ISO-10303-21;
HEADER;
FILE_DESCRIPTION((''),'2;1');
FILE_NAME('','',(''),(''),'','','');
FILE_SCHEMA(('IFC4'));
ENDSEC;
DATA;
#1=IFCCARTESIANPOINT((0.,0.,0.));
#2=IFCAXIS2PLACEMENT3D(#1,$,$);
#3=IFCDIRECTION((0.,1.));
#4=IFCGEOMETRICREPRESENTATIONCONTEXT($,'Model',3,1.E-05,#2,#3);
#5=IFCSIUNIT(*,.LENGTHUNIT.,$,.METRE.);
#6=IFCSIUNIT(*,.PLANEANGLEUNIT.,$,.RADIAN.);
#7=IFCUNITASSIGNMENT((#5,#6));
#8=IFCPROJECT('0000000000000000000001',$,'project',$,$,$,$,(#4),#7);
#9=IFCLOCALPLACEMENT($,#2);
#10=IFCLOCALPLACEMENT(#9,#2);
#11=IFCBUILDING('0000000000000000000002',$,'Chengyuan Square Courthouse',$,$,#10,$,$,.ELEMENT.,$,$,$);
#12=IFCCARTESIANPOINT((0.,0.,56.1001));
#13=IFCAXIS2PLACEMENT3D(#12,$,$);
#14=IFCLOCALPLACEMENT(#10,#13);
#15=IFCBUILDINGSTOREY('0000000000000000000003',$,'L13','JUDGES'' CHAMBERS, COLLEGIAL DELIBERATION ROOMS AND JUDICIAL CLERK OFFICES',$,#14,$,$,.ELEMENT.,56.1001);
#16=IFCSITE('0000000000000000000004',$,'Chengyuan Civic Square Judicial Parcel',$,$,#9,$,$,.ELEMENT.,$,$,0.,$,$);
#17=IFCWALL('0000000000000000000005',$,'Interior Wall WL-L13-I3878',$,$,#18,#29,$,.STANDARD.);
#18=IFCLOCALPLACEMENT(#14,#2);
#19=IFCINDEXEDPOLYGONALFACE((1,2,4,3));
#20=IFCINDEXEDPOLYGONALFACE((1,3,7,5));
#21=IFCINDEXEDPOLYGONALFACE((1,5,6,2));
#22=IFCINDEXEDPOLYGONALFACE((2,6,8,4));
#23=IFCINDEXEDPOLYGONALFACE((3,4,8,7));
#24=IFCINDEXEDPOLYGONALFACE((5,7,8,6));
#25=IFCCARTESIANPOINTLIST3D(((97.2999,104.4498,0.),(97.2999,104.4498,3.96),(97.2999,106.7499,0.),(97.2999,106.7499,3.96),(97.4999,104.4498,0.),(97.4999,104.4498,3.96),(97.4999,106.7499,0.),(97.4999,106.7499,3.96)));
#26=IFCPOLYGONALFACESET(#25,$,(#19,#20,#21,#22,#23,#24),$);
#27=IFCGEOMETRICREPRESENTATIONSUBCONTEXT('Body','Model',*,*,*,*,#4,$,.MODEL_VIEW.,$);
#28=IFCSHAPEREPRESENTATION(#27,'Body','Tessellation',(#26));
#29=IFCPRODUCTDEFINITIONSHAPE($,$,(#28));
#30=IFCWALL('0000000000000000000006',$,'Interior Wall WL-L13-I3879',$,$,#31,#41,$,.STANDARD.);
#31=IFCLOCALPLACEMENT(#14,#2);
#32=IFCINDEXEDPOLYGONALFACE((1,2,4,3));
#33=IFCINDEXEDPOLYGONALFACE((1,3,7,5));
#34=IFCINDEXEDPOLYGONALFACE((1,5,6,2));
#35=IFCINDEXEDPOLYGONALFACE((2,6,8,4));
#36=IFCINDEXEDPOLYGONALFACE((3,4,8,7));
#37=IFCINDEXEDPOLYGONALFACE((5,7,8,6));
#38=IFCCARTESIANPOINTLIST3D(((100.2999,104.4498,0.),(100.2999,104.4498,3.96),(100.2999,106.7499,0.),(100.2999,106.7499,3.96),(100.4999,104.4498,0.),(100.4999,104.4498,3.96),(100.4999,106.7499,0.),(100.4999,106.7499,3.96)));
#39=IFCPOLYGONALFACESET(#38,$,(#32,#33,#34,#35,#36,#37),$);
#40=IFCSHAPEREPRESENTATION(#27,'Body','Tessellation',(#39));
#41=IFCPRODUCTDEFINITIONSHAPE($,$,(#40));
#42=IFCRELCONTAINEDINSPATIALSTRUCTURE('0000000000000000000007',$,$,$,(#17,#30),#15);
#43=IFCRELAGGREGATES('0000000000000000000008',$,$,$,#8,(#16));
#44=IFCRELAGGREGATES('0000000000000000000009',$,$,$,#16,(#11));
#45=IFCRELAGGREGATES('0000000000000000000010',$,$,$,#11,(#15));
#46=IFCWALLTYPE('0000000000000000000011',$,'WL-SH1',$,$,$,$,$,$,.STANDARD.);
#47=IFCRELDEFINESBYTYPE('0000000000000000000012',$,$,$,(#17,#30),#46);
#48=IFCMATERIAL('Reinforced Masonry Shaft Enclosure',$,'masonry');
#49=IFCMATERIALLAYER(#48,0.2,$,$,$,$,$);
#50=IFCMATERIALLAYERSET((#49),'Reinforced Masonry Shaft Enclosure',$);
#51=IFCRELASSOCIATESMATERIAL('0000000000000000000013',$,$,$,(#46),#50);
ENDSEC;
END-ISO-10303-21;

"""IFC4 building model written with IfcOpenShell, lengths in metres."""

from ifc_helpers import new_model, si_unit, direction, frame, frame_2d, origin, place, context, subcontext, project, spatial, rectangle, extrude, material, layer, layer_set, type_object, element, save


model = new_model("IFC4")

# Units and contexts
model_context = context("Model", 3, precision=1e-05, world=origin(), true_north=direction((0.0, 1.0)))
body_context = subcontext(model_context, "Body", "Model", "MODEL_VIEW")
ifc_project = project(units=[si_unit("LENGTHUNIT", "METRE"), si_unit("PLANEANGLEUNIT", "RADIAN")], contexts=[model_context])

# Site, building, storey
site_placement = place(None, origin())
site = spatial("IfcSite", under=ifc_project, at=site_placement, Name="Chengyuan Civic Square Judicial Parcel", CompositionType="ELEMENT", RefElevation=0.0)
building_placement = place(site_placement, origin())
building = spatial("IfcBuilding", under=site, at=building_placement, Name="Chengyuan Square Courthouse", CompositionType="ELEMENT")
storey_placement = place(building_placement, frame((0.0, 0.0, 56.1001)))
storey = spatial("IfcBuildingStorey", under=building, at=storey_placement, Name="L13", Description="JUDGES' CHAMBERS, COLLEGIAL DELIBERATION ROOMS AND JUDICIAL CLERK OFFICES", CompositionType="ELEMENT", Elevation=56.1001)

# Shared definitions
ifc_material_1 = material(Name="Reinforced Masonry Shaft Enclosure", Category="masonry")
ifc_layer_1 = layer(ifc_material_1, 0.2)
ifc_layer_set_1 = layer_set([ifc_layer_1], Name="Reinforced Masonry Shaft Enclosure")
wall_type_1 = type_object("IfcWallType", Name="WL-SH1", PredefinedType="STANDARD", material=ifc_layer_set_1)

# Walls
for number, where, z_axis, x_axis, name in (
    (1, (97.3999, 104.45, 0.0), (0.0, 0.0, 1.0), (0.0, 1.0, 0.0), "Interior Wall WL-L13-I3878"),
    (2, (100.3999, 104.45, 0.0), (0.0, 0.0, 1.0), (0.0, 1.0, 0.0), "Interior Wall WL-L13-I3879"),
):
    element("IfcWall", number, at=place(storey_placement, frame(where, z_axis=z_axis, x_axis=x_axis)), inside=storey, type_object=wall_type_1, Name=name, PredefinedType="STANDARD", context=body_context, shape_type="SweptSolid", body=[
        extrude(rectangle(XDim=2.3, YDim=0.2, at=frame_2d((1.1499, 0.0))), origin(), (0.0, 0.0, 1.0), 3.96),
    ])

save(model, "model.ifc")
